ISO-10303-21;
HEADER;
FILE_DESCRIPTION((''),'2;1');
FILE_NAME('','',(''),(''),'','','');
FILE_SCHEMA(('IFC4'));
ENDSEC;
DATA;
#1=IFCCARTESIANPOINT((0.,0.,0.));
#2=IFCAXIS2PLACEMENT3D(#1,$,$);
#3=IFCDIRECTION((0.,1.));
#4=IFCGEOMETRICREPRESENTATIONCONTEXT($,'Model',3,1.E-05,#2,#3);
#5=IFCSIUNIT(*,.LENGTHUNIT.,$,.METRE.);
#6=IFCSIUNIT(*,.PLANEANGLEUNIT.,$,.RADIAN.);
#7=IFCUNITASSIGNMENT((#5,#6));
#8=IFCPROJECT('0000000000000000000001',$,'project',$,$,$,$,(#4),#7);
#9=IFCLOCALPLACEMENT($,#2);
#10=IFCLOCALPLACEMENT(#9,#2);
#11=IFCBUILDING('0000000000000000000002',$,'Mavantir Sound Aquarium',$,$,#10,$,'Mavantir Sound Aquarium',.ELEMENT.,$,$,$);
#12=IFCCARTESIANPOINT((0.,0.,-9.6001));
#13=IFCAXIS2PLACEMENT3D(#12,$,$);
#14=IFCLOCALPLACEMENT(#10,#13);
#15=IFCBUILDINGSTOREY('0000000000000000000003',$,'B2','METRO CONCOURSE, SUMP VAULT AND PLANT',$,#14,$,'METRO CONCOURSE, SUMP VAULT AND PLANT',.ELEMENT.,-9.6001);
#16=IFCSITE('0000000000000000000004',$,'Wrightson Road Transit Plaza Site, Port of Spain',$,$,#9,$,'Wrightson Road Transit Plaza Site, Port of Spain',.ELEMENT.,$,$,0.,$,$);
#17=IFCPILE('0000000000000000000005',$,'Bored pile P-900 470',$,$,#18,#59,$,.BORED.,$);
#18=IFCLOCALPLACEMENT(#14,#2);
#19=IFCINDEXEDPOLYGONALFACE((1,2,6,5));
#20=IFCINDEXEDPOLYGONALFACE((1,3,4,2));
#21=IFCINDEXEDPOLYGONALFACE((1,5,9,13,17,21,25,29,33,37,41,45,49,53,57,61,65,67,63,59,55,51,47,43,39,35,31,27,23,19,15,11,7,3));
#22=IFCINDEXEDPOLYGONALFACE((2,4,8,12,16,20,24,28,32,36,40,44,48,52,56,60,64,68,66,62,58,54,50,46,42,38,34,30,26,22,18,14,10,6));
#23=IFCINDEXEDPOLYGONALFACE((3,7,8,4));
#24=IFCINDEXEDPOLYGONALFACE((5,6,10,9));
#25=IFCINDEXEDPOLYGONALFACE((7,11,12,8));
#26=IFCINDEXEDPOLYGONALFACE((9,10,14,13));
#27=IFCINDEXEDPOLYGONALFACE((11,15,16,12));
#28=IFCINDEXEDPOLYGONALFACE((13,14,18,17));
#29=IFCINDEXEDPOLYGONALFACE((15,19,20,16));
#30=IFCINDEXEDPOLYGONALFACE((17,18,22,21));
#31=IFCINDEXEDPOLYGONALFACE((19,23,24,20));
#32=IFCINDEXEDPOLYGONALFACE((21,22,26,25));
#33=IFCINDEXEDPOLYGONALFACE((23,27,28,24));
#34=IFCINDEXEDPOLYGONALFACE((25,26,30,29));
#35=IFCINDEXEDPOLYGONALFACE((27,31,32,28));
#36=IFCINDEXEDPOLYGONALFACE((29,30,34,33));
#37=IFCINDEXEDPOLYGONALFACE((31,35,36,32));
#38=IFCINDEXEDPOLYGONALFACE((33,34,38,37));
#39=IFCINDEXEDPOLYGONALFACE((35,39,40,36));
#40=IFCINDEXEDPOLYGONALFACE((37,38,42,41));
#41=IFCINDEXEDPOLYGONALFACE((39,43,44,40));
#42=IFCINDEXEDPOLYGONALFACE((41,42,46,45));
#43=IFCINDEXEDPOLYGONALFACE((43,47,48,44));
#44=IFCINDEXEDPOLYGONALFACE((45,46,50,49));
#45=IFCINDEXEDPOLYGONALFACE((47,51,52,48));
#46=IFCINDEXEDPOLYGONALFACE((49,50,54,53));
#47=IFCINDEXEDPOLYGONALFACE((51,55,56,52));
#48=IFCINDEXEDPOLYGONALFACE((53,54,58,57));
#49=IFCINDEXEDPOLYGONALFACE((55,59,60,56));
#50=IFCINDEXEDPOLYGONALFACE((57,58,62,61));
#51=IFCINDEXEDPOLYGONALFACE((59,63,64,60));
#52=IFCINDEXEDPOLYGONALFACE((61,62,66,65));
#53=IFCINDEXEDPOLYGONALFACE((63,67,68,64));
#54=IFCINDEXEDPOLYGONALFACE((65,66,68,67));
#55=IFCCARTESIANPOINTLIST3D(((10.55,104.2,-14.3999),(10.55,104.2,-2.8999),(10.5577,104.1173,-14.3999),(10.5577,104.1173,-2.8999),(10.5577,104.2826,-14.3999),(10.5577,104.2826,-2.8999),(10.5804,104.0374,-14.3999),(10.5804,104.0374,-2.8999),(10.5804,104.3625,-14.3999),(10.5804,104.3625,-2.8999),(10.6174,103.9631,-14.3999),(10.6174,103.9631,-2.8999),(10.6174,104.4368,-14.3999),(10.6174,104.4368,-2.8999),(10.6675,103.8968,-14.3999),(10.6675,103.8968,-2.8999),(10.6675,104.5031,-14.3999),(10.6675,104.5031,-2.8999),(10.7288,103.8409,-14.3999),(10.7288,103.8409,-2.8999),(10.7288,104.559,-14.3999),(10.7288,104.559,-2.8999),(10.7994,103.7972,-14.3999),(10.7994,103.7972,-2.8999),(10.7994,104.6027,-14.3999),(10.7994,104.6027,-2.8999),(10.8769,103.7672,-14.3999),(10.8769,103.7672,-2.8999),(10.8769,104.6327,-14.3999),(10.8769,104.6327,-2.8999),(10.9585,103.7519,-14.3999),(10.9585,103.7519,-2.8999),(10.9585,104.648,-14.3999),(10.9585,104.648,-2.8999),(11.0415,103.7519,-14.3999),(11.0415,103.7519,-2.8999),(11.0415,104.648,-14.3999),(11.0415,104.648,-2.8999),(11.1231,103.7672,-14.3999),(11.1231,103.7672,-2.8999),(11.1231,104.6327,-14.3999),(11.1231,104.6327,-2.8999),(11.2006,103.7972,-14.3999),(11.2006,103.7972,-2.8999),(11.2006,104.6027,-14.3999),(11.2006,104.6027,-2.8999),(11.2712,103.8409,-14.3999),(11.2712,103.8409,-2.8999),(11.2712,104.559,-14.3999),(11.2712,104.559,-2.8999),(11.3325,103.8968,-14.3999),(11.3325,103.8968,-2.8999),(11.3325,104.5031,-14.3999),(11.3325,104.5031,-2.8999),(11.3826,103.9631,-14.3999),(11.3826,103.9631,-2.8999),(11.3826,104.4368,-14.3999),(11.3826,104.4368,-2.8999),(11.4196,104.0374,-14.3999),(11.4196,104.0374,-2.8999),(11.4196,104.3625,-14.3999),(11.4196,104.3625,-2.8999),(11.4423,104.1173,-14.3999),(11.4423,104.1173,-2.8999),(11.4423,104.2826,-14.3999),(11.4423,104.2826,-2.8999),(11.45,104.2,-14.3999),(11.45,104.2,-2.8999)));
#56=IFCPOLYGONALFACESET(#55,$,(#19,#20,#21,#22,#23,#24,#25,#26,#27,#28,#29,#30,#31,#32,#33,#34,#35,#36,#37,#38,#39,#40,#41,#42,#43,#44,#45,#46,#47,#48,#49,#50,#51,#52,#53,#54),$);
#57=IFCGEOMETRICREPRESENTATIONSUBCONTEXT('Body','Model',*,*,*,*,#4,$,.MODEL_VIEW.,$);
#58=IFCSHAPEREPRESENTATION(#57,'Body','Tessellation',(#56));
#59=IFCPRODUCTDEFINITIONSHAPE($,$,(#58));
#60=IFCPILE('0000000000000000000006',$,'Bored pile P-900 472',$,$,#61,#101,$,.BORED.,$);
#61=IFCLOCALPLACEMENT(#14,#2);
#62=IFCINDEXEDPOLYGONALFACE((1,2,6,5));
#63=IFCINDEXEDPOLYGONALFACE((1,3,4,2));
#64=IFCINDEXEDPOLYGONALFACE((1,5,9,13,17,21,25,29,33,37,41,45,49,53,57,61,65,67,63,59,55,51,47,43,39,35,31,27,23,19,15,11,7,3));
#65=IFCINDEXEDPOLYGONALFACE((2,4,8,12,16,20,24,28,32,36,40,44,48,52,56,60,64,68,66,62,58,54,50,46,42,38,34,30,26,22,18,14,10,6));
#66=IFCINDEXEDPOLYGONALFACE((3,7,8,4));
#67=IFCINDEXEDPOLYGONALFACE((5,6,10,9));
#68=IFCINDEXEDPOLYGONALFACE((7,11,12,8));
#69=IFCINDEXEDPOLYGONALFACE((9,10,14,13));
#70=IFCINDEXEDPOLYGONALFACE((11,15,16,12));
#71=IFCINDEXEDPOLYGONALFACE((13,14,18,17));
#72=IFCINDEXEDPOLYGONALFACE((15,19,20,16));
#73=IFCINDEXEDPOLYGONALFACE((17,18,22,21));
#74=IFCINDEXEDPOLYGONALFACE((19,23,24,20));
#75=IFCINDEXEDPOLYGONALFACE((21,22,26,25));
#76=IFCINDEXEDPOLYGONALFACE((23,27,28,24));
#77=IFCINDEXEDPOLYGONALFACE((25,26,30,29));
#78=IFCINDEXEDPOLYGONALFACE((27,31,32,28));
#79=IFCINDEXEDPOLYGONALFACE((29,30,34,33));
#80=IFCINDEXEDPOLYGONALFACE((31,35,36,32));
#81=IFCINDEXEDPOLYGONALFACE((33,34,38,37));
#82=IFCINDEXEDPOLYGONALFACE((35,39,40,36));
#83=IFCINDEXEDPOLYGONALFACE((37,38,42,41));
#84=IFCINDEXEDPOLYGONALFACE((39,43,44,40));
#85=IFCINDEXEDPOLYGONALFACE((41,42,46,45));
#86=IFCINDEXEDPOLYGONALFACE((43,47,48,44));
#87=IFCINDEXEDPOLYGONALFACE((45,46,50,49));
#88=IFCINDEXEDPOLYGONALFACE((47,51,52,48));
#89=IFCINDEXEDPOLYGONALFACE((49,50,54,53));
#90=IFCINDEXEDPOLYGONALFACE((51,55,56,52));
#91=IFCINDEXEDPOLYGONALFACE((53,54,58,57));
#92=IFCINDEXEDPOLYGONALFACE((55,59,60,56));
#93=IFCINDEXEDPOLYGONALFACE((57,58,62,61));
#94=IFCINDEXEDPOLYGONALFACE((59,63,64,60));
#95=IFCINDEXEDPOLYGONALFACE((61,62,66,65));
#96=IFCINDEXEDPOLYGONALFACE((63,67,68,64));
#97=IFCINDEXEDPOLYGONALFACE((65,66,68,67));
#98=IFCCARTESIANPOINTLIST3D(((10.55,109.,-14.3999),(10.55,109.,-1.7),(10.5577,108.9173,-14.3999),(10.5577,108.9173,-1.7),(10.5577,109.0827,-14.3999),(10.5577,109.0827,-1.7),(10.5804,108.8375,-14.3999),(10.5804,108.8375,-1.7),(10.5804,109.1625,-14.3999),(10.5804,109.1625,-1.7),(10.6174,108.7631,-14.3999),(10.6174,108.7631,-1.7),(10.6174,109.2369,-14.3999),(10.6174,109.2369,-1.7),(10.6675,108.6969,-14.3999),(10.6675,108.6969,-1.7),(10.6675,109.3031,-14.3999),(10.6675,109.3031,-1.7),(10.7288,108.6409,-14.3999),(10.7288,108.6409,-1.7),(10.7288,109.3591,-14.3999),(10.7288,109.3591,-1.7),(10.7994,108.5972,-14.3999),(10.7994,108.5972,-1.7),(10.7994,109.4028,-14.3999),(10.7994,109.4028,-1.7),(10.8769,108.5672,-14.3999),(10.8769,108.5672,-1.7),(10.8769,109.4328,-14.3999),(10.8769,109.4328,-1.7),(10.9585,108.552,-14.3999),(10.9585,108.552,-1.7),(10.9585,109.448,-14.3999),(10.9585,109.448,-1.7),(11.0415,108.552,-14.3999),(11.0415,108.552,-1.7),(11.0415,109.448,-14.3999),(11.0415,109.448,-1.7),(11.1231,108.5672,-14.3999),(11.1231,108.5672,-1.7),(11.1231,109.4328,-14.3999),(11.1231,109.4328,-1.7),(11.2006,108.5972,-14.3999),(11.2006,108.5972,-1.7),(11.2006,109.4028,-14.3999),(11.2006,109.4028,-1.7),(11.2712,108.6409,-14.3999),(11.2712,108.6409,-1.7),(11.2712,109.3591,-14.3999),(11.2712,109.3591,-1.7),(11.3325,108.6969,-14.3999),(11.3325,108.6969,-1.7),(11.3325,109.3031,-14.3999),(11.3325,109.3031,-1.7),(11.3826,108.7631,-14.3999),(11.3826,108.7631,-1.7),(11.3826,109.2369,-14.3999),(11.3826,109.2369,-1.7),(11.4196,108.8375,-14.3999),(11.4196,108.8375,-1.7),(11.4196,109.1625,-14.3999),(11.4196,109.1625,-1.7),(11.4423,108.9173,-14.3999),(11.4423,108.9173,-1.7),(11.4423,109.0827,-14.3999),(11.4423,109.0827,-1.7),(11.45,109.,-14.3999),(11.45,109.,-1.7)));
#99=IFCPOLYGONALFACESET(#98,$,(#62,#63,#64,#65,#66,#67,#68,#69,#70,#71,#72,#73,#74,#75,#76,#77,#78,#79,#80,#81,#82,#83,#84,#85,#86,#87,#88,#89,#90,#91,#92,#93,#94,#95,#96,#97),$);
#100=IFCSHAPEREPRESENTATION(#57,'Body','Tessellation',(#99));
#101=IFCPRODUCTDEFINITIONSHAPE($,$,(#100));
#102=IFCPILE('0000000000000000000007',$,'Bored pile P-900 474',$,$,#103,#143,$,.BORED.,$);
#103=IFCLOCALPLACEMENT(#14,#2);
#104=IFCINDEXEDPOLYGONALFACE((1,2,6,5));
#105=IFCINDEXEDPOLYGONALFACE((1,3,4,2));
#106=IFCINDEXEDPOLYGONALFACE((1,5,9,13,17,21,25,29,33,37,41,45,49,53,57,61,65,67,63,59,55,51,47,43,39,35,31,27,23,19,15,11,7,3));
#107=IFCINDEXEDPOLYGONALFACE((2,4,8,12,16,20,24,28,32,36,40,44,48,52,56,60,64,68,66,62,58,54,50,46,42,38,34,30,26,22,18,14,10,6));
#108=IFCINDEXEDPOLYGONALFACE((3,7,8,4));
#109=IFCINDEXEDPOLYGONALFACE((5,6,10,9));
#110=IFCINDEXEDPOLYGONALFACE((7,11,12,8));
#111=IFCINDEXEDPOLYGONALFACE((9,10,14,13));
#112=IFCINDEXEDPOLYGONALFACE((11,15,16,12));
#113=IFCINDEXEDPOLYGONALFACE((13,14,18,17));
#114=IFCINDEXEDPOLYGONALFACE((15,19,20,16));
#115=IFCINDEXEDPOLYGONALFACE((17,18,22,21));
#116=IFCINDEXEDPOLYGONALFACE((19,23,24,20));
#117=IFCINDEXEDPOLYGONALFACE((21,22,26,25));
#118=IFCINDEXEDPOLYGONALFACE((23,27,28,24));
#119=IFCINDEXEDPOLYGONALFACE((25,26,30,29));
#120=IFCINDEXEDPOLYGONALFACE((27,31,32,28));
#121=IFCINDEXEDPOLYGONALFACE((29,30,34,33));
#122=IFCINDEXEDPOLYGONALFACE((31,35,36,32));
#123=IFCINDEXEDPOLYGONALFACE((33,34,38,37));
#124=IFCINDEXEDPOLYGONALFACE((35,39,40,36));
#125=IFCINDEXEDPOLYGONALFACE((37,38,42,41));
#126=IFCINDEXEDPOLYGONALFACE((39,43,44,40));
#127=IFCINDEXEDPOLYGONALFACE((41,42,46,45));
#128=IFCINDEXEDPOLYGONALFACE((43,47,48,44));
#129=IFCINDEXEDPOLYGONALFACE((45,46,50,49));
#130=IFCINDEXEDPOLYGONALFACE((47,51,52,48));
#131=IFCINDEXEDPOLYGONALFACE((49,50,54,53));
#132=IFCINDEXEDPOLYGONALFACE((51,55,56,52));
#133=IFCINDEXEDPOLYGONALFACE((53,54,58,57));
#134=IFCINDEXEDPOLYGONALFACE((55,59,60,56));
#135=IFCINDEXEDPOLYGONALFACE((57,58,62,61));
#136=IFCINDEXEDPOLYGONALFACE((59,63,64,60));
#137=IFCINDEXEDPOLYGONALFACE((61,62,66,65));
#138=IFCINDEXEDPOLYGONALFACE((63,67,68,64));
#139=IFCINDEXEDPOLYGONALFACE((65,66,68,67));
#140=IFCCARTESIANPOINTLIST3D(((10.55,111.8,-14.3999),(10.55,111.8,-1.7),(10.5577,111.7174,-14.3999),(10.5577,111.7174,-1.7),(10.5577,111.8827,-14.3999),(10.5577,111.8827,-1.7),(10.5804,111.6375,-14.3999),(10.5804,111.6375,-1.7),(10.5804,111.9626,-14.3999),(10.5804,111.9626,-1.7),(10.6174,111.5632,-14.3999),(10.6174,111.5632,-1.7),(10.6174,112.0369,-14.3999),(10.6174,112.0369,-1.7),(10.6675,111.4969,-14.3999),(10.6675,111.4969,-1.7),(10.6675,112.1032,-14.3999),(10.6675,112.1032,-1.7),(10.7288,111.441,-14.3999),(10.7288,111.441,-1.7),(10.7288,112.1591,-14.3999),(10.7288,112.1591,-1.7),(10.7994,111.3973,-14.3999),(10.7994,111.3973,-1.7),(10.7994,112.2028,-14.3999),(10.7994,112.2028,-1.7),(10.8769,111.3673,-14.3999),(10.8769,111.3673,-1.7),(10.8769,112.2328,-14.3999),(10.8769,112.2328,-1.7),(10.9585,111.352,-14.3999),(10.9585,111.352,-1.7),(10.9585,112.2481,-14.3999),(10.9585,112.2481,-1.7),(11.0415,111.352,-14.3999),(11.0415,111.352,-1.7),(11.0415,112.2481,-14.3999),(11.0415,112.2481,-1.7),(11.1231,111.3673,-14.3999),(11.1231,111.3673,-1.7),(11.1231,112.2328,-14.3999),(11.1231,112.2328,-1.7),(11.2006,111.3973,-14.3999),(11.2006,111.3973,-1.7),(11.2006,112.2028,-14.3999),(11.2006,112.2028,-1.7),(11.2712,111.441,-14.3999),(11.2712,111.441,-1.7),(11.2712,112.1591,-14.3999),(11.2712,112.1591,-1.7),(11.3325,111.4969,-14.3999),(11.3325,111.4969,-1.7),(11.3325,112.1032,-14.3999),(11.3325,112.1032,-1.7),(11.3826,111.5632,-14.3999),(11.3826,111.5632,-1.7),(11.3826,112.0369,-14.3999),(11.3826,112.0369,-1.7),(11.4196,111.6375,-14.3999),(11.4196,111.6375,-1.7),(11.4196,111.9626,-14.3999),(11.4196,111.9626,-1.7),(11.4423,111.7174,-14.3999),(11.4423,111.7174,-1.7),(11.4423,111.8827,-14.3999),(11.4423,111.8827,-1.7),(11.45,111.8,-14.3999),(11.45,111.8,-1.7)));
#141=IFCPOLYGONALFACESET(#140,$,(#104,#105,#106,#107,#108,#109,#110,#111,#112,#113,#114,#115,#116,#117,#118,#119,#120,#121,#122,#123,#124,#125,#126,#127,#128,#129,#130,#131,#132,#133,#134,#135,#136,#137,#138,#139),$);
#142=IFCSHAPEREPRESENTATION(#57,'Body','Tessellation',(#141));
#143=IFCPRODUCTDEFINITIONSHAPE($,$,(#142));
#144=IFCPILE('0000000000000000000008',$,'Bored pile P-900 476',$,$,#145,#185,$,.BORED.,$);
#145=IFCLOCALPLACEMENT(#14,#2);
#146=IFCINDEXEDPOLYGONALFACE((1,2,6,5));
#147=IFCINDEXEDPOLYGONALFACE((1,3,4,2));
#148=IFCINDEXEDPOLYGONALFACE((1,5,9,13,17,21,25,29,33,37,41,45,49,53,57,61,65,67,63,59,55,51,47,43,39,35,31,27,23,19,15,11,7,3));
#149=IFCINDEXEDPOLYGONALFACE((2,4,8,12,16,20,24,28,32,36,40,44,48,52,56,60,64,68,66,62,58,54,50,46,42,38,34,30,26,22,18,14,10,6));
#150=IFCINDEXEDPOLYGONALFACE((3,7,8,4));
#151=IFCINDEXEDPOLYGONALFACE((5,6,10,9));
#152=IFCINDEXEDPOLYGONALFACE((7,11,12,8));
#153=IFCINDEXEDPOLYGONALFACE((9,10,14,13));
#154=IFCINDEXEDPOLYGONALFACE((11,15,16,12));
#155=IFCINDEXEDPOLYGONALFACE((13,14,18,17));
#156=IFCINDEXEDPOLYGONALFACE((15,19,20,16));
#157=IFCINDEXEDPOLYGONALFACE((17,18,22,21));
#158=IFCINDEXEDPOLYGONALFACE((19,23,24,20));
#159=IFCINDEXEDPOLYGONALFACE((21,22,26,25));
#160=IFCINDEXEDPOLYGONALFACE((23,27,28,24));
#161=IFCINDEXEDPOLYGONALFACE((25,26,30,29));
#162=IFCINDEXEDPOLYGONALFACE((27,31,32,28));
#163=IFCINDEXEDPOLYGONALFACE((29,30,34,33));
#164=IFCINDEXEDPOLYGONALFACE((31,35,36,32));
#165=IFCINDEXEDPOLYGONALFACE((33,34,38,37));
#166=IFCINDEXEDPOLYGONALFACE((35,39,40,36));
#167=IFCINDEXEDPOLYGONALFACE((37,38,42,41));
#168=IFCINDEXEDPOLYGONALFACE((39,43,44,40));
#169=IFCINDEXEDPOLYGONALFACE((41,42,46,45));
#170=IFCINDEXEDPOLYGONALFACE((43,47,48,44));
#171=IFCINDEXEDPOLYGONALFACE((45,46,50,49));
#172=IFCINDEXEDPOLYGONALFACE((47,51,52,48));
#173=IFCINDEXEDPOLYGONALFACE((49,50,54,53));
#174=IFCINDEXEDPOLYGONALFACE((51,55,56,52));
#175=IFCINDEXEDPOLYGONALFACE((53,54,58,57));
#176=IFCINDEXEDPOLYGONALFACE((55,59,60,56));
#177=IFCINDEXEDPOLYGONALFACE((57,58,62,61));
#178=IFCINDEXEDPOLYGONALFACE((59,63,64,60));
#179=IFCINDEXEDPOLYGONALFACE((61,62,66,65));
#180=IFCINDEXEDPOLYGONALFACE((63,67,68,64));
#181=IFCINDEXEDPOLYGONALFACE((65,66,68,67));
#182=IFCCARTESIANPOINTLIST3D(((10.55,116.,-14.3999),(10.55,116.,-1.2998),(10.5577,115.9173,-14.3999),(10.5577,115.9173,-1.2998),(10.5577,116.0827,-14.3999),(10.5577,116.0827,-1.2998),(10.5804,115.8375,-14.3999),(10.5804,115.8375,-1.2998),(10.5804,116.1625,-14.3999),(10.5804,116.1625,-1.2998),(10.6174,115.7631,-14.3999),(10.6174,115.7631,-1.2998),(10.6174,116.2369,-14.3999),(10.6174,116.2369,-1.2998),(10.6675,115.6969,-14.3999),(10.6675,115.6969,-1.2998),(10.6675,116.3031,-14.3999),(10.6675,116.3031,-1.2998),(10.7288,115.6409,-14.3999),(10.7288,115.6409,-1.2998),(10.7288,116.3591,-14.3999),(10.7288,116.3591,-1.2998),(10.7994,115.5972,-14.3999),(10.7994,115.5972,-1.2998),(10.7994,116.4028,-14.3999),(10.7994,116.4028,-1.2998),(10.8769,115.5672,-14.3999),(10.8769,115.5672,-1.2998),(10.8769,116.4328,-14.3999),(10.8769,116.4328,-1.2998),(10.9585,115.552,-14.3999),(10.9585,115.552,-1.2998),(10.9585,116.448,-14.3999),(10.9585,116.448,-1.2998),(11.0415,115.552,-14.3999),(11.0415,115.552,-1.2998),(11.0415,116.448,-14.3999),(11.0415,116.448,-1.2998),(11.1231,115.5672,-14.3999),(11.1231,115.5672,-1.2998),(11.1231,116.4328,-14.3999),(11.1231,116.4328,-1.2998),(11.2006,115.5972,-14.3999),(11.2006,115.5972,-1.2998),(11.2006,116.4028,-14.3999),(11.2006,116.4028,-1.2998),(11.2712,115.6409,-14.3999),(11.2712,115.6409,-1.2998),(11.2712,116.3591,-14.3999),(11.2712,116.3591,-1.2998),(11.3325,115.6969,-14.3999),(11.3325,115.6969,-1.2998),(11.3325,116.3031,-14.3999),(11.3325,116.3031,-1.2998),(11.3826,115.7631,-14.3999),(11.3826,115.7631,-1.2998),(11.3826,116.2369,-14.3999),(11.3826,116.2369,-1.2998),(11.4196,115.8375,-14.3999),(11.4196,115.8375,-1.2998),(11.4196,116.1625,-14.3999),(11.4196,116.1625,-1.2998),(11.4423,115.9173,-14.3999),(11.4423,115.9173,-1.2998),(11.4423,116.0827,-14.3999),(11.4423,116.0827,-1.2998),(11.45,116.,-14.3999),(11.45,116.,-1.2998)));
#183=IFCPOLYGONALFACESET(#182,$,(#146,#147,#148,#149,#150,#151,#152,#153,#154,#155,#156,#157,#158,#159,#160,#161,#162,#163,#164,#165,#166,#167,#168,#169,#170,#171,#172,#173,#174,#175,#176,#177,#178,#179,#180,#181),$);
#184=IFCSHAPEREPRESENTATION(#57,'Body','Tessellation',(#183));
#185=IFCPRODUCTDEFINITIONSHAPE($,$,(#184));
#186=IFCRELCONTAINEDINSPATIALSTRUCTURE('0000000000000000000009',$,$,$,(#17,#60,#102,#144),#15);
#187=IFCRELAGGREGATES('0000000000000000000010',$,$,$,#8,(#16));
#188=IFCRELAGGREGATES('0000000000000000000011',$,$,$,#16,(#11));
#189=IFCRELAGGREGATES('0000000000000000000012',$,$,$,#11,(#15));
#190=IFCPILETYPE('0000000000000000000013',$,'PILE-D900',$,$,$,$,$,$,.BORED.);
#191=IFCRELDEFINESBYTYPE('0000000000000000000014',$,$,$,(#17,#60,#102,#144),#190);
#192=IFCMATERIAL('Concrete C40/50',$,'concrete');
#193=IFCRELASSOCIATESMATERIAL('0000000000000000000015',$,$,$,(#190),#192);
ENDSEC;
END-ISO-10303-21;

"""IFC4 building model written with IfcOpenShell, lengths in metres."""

from ifc_helpers import new_model, si_unit, direction, frame, origin, origin_2d, place, context, subcontext, project, spatial, circle, extrude, material, material_profile, profile_set, type_object, element, save


model = new_model("IFC4")

# Units and contexts
model_context = context("Model", 3, precision=1e-05, world=origin(), true_north=direction((0.0, 1.0)))
body_context = subcontext(model_context, "Body", "Model", "MODEL_VIEW")
ifc_project = project(units=[si_unit("LENGTHUNIT", "METRE"), si_unit("PLANEANGLEUNIT", "RADIAN")], contexts=[model_context])

# Site, building, storey
site_placement = place(None, origin())
site = spatial("IfcSite", under=ifc_project, at=site_placement, Name="Wrightson Road Transit Plaza Site, Port of Spain", LongName="Wrightson Road Transit Plaza Site, Port of Spain", CompositionType="ELEMENT", RefElevation=0.0)
building_placement = place(site_placement, origin())
building = spatial("IfcBuilding", under=site, at=building_placement, Name="Mavantir Sound Aquarium", LongName="Mavantir Sound Aquarium", CompositionType="ELEMENT")
storey_placement = place(building_placement, frame((0.0, 0.0, -9.6001)))
storey = spatial("IfcBuildingStorey", under=building, at=storey_placement, Name="B2", Description="METRO CONCOURSE, SUMP VAULT AND PLANT", LongName="METRO CONCOURSE, SUMP VAULT AND PLANT", CompositionType="ELEMENT", Elevation=-9.6001)

# Shared definitions
ifc_material_1 = material(Name="Concrete C40/50", Category="concrete")

# Piles
ifc_material_profile_1 = material_profile(ifc_material_1, circle(Radius=0.45, at=origin_2d()), Name="PILE D900")
ifc_profile_set_1 = profile_set([ifc_material_profile_1], Name="Concrete C40/50")
pile_type = type_object("IfcPileType", Name="PILE-D900", PredefinedType="BORED", material=ifc_profile_set_1)
for number, where, z_axis, x_axis, name in (
    (1, (11.0, 104.2, -2.8999), (0.0, 0.0, -1.0), (1.0, 0.0, 0.0), "Bored pile P-900 470"),
):
    element("IfcPile", number, at=place(storey_placement, frame(where, z_axis=z_axis, x_axis=x_axis)), inside=storey, type_object=pile_type, Name=name, PredefinedType="BORED", context=body_context, shape_type="SweptSolid", body=[
        extrude(circle(Radius=0.45, at=origin_2d()), origin(), (0.0, 0.0, 1.0), 11.5),
    ])
for number, where, z_axis, x_axis, name in (
    (2, (11.0, 109.0, -1.7), (0.0, 0.0, -1.0), (1.0, 0.0, 0.0), "Bored pile P-900 472"),
    (3, (11.0, 111.8, -1.7), (0.0, 0.0, -1.0), (1.0, 0.0, 0.0), "Bored pile P-900 474"),
):
    element("IfcPile", number, at=place(storey_placement, frame(where, z_axis=z_axis, x_axis=x_axis)), inside=storey, type_object=pile_type, Name=name, PredefinedType="BORED", context=body_context, shape_type="SweptSolid", body=[
        extrude(circle(Radius=0.45, at=origin_2d()), origin(), (0.0, 0.0, 1.0), 12.7),
    ])
pile_1_placement = place(storey_placement, frame((11.0, 116.0, -1.2998), z_axis=(0.0, 0.0, -1.0), x_axis=(1.0, 0.0, 0.0)))
element("IfcPile", 4, at=pile_1_placement, inside=storey, type_object=pile_type, Name="Bored pile P-900 476", PredefinedType="BORED", context=body_context, shape_type="SweptSolid", body=[
    extrude(circle(Radius=0.45, at=origin_2d()), origin(), (0.0, 0.0, 1.0), 13.1001),
])

save(model, "model.ifc")
